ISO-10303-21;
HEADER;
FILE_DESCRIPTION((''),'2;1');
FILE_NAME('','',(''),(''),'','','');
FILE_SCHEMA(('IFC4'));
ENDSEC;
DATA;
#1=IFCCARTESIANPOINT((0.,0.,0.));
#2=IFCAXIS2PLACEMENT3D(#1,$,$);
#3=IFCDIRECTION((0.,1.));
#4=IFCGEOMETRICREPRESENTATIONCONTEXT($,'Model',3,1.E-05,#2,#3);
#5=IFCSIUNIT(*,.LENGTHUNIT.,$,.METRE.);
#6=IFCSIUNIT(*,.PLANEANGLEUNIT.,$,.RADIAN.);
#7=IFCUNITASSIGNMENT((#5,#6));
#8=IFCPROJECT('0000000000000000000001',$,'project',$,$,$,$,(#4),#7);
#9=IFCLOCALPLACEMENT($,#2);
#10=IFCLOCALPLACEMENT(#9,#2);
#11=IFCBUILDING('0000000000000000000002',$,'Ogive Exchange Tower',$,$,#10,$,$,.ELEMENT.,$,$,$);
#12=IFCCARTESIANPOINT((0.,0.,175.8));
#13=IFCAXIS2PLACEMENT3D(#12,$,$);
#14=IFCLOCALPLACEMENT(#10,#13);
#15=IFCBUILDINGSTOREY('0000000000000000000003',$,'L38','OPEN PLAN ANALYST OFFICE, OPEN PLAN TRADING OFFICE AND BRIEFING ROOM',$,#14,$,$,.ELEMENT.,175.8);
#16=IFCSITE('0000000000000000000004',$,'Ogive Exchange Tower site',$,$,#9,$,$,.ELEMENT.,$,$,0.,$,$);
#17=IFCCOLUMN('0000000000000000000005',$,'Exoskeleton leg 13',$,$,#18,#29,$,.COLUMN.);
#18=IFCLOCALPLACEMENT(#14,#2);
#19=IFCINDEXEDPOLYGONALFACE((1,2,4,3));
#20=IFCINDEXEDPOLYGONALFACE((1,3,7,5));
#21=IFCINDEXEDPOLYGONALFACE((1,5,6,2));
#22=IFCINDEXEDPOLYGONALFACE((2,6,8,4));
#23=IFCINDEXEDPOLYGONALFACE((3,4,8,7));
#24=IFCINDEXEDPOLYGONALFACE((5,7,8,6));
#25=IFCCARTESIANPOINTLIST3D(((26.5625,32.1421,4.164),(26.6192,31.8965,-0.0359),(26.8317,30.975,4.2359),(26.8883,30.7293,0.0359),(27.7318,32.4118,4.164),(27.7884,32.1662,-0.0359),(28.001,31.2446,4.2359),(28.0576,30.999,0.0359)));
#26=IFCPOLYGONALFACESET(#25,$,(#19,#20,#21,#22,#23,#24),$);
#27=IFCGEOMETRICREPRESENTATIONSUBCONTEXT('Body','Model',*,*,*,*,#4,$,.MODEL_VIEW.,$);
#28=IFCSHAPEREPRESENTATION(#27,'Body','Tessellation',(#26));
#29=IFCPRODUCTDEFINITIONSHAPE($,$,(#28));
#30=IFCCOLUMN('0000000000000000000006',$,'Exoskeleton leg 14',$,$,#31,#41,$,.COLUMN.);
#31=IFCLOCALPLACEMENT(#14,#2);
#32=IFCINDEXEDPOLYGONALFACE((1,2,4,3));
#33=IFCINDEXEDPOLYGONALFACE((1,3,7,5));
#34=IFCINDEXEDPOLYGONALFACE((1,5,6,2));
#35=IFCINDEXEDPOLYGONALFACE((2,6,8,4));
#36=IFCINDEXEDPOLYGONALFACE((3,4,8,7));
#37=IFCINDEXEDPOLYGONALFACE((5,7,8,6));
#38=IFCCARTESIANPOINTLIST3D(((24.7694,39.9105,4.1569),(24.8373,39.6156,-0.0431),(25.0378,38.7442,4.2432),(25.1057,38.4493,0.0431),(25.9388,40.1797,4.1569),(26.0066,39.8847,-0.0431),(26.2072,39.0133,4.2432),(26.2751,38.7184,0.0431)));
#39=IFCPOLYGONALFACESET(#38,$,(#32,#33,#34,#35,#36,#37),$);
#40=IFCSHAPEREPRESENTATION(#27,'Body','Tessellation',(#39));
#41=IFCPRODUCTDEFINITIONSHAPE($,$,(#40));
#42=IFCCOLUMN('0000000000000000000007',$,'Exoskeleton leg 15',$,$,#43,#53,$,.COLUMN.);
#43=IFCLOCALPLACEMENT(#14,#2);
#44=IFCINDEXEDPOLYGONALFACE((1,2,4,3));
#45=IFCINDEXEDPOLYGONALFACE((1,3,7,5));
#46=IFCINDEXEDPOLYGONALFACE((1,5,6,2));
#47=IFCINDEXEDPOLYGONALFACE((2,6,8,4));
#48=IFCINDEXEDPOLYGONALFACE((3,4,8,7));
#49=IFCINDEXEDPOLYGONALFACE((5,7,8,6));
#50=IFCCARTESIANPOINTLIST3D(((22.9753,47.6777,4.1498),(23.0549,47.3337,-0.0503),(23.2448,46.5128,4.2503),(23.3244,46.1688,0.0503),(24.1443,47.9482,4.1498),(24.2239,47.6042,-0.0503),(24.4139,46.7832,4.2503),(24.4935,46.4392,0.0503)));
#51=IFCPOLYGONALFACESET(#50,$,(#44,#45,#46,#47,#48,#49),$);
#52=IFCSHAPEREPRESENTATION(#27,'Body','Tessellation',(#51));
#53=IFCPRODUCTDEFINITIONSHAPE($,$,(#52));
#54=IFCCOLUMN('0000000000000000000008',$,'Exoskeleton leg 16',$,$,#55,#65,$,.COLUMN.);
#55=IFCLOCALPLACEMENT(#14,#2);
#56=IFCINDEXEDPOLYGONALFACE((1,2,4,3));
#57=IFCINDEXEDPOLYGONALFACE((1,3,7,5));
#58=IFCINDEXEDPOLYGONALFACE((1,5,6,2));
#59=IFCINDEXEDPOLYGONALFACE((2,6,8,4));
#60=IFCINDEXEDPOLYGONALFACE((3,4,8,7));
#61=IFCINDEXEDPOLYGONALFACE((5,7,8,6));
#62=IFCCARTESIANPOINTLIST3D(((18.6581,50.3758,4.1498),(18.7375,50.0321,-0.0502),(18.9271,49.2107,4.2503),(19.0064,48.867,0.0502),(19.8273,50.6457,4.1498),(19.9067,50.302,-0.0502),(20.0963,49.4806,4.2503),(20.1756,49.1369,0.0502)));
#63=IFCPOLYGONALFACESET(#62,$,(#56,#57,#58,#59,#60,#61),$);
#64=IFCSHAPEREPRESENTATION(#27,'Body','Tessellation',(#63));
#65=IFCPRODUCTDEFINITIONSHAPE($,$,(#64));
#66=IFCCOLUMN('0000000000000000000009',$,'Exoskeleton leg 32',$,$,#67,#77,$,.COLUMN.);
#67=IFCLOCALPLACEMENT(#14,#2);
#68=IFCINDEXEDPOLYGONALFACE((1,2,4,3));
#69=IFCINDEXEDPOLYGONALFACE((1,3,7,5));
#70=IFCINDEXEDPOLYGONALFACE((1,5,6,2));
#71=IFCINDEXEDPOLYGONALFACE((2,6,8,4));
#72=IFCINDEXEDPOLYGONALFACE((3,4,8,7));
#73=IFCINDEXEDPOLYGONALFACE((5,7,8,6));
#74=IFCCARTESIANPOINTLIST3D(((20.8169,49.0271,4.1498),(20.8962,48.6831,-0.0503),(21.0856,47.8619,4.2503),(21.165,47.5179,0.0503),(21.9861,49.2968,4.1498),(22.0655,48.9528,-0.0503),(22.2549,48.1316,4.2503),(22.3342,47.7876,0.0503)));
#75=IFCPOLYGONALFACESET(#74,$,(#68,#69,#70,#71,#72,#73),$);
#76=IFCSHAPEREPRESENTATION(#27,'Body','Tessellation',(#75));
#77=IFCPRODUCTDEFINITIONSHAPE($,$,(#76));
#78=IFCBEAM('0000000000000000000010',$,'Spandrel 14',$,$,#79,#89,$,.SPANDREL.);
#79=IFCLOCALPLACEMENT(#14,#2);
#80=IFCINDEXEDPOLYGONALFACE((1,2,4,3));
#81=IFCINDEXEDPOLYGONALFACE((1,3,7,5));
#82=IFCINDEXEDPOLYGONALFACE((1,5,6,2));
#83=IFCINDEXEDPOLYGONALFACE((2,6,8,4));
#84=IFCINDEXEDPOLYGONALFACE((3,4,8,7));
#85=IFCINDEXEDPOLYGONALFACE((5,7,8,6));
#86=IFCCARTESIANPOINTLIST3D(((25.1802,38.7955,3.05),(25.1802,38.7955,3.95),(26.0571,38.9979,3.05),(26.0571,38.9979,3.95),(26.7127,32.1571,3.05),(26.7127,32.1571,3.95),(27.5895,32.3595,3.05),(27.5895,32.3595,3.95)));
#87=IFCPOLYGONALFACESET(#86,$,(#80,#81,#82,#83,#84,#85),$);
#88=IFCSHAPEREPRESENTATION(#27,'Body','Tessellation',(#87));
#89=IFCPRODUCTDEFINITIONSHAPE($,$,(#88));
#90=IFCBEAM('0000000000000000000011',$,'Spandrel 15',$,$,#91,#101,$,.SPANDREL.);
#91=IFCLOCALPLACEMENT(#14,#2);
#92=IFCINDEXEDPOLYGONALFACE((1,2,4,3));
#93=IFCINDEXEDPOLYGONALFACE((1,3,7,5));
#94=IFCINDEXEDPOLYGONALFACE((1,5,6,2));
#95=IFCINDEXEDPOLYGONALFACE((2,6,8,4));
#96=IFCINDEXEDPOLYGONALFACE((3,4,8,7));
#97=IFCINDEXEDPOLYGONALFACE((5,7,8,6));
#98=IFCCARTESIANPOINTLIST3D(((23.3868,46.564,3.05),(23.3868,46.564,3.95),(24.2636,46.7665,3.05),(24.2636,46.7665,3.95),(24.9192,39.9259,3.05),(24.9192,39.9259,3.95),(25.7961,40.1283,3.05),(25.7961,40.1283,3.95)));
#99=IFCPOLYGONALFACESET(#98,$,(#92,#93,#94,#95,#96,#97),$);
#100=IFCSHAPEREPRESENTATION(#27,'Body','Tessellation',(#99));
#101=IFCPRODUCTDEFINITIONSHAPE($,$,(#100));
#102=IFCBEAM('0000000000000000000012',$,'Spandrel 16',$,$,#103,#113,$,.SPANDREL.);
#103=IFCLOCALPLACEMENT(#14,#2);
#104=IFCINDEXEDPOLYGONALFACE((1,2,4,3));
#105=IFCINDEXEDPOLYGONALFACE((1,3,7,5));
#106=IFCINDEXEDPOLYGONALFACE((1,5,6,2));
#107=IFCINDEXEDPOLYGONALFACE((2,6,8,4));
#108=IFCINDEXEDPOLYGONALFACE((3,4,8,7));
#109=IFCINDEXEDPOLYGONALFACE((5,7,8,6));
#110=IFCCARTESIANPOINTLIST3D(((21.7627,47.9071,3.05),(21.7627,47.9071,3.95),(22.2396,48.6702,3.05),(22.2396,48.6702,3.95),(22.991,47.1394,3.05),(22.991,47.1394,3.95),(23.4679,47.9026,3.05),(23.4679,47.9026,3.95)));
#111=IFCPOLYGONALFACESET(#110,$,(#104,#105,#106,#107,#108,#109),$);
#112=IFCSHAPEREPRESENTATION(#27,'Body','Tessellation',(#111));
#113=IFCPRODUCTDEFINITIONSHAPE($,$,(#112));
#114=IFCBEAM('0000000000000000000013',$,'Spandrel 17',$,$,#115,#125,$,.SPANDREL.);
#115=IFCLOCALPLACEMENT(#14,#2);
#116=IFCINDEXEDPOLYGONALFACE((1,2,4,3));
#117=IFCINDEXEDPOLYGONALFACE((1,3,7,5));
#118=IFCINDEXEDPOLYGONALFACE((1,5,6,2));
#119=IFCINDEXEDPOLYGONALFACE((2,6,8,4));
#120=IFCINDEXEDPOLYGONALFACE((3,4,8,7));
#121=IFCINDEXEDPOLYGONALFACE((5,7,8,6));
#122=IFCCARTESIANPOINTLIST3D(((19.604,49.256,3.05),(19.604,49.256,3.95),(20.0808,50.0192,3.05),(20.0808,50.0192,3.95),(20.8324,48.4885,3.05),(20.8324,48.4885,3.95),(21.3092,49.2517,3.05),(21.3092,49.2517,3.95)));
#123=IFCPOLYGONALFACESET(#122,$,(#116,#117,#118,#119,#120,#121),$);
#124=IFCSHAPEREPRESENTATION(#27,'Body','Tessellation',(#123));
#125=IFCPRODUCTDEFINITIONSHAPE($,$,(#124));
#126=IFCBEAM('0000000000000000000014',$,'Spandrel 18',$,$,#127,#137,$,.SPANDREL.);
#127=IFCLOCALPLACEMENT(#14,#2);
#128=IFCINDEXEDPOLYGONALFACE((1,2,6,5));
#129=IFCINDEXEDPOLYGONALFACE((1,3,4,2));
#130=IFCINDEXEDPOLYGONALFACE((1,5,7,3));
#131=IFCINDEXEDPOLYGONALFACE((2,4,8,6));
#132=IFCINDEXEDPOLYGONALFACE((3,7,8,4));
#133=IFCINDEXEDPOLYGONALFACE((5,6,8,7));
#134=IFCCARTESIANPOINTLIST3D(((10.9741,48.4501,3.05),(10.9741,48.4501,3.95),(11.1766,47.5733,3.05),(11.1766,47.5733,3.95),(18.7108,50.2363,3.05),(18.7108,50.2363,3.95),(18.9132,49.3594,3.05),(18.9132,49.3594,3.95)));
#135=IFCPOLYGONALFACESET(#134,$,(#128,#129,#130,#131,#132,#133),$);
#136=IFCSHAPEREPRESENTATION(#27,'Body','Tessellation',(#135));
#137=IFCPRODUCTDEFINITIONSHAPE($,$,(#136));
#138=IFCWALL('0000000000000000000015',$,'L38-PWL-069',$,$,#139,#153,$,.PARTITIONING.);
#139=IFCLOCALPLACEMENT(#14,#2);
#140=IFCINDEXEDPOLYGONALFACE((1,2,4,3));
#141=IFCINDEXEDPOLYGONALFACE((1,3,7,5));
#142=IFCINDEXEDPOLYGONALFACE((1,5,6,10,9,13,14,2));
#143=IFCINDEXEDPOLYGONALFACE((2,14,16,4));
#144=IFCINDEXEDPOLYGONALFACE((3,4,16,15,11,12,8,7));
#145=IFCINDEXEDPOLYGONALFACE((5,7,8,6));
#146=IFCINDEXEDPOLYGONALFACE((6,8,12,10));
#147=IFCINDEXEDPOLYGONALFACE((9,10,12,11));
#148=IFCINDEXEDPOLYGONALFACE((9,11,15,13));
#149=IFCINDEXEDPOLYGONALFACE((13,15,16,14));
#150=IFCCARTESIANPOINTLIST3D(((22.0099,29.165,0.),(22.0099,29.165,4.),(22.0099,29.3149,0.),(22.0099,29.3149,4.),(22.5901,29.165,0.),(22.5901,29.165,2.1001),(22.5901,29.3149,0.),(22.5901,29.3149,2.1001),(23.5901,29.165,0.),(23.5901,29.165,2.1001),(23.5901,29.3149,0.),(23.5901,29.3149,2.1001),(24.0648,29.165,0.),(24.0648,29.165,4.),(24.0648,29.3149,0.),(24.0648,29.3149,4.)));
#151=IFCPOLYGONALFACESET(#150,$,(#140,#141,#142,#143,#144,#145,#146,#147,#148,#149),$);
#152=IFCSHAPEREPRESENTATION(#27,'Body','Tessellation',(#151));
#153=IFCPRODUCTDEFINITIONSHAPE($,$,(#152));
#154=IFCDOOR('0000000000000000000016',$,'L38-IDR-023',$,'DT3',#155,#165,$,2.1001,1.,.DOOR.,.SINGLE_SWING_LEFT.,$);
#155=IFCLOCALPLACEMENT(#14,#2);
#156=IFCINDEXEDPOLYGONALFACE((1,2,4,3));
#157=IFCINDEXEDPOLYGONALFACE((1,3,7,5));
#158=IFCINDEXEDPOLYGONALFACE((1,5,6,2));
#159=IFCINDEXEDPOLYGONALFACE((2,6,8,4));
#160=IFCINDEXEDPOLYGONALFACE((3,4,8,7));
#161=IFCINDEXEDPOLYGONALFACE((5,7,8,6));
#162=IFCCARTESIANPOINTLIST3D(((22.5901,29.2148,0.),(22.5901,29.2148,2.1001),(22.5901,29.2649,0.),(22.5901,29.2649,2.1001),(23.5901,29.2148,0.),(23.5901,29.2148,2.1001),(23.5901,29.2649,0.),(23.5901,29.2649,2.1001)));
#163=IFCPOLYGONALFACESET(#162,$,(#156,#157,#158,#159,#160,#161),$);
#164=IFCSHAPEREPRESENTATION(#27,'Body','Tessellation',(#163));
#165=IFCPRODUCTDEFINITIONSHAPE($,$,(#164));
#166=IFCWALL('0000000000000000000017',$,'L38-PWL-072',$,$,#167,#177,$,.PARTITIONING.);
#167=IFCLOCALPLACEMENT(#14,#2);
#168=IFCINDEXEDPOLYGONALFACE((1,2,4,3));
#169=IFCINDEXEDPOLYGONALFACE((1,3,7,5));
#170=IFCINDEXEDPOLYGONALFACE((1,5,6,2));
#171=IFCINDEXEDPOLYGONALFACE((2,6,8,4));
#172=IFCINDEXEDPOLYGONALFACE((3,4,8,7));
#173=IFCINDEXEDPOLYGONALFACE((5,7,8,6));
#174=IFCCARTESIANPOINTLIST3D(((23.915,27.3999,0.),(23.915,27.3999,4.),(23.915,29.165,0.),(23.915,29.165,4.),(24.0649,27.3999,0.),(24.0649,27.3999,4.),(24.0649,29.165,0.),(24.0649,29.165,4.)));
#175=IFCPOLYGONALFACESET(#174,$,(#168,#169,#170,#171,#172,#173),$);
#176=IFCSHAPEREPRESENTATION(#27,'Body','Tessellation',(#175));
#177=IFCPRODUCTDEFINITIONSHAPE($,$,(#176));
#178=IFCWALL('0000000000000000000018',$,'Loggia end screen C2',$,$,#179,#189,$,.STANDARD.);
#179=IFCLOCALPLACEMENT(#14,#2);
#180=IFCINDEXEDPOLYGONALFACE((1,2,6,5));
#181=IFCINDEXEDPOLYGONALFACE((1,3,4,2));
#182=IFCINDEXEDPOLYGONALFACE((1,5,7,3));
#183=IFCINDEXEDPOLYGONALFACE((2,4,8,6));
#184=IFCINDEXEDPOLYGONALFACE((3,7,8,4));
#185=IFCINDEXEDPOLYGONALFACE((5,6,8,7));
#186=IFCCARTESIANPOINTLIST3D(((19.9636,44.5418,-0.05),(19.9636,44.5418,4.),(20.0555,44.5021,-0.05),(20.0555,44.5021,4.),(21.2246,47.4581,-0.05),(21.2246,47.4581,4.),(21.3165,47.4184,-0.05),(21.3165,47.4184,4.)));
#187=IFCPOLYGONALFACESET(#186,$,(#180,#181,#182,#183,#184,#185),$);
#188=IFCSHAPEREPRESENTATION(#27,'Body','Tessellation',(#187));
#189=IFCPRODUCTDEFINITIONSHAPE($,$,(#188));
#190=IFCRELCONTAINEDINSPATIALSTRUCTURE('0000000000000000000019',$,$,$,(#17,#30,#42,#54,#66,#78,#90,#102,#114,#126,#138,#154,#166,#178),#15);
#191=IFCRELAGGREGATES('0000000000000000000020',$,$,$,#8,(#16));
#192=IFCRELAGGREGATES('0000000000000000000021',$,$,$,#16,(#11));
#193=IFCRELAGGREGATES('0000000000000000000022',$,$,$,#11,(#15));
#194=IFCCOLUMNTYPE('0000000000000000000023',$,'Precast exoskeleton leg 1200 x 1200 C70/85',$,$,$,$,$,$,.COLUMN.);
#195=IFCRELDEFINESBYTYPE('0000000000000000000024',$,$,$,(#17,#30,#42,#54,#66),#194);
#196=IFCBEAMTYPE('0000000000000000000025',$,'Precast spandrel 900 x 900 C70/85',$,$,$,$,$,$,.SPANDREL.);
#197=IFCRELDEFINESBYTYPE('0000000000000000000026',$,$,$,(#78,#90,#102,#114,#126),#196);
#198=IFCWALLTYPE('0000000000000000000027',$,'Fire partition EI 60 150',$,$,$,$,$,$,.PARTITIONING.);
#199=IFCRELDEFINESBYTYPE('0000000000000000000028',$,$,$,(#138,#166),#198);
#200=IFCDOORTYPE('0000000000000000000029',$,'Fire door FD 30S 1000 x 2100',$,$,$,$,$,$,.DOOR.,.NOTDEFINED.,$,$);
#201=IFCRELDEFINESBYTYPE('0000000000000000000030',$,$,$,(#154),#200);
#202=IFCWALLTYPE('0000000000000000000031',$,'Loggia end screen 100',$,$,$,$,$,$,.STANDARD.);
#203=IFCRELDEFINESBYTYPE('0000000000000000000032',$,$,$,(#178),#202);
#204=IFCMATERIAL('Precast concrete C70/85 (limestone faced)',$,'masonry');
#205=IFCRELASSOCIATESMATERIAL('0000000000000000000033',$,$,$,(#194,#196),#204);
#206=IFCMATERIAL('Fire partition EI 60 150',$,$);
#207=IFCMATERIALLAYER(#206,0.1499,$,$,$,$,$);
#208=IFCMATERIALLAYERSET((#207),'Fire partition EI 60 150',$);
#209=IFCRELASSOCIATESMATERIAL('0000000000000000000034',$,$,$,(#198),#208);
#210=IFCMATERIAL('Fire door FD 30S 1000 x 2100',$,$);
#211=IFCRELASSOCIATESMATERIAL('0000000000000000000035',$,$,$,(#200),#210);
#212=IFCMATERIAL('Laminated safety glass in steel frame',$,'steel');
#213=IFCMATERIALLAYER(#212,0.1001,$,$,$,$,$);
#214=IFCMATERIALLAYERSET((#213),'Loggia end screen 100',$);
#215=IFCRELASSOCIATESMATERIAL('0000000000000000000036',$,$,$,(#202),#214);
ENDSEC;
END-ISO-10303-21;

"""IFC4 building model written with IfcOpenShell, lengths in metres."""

from ifc_helpers import new_model, si_unit, direction, frame, frame_2d, origin, origin_2d, place, context, subcontext, project, spatial, rectangle, extrude, material, layer, layer_set, material_profile, profile_set, type_object, element, fill, save


model = new_model("IFC4")

# Units and contexts
model_context = context("Model", 3, precision=1e-05, world=origin(), true_north=direction((0.0, 1.0)))
body_context = subcontext(model_context, "Body", "Model", "MODEL_VIEW")
ifc_project = project(units=[si_unit("LENGTHUNIT", "METRE"), si_unit("PLANEANGLEUNIT", "RADIAN")], contexts=[model_context])

# Site, building, storey
site_placement = place(None, origin())
site = spatial("IfcSite", under=ifc_project, at=site_placement, Name="Ogive Exchange Tower site", CompositionType="ELEMENT", RefElevation=0.0)
building_placement = place(site_placement, origin())
building = spatial("IfcBuilding", under=site, at=building_placement, Name="Ogive Exchange Tower", CompositionType="ELEMENT")
storey_placement = place(building_placement, frame((0.0, 0.0, 175.8)))
storey = spatial("IfcBuildingStorey", under=building, at=storey_placement, Name="L38", Description="OPEN PLAN ANALYST OFFICE, OPEN PLAN TRADING OFFICE AND BRIEFING ROOM", CompositionType="ELEMENT", Elevation=175.8)

# Columns
ifc_material_1 = material(Name="Precast concrete C70/85 (limestone faced)", Category="masonry")
ifc_material_profile_1 = material_profile(ifc_material_1, rectangle(XDim=1.2, YDim=1.2, at=origin_2d()), Name="1200 x 1200")
ifc_profile_set_1 = profile_set([ifc_material_profile_1], Name="Precast concrete C70/85 (limestone faced)")
column_type = type_object("IfcColumnType", Name="Precast exoskeleton leg 1200 x 1200 C70/85", PredefinedType="COLUMN", material=ifc_profile_set_1)
column_1_placement = place(storey_placement, frame((27.3384, 31.4478, 0.0), z_axis=(-0.013462, 0.058373, 0.998204), x_axis=(-0.974424, -0.224718, 0.0)))
element("IfcColumn", 1, at=column_1_placement, inside=storey, type_object=column_type, Name="Exoskeleton leg 13", PredefinedType="COLUMN", context=body_context, shape_type="SweptSolid", body=[
    extrude(rectangle(XDim=1.2, YDim=1.2, at=origin_2d()), origin(), (0.0, 0.0, 1.0), 4.2075),
])
column_2_placement = place(storey_placement, frame((25.5562, 39.167, 0.0), z_axis=(-0.016118, 0.070039, 0.997414), x_axis=(-0.974527, -0.22427, 0.0)))
element("IfcColumn", 2, at=column_2_placement, inside=storey, type_object=column_type, Name="Exoskeleton leg 14", PredefinedType="COLUMN", context=body_context, shape_type="SweptSolid", body=[
    extrude(rectangle(XDim=1.2, YDim=1.2, at=origin_2d()), origin(), (0.0, 0.0, 1.0), 4.2109),
])
for number, where, z_axis, x_axis, name in (
    (3, (23.7742, 46.8865, 0.0), (-0.018884, 0.081616, 0.996485), (-0.974263, -0.225415, 0.0), "Exoskeleton leg 15"),
    (4, (19.4565, 49.5845, 0.0), (-0.018826, 0.081559, 0.996491), (-0.97438, -0.22491, 0.0), "Exoskeleton leg 16"),
    (5, (21.6152, 48.2354, 0.0), (-0.018826, 0.081617, 0.996486), (-0.974415, -0.224758, 0.0), "Exoskeleton leg 32"),
):
    element("IfcColumn", number, at=place(storey_placement, frame(where, z_axis=z_axis, x_axis=x_axis)), inside=storey, type_object=column_type, Name=name, PredefinedType="COLUMN", context=body_context, shape_type="SweptSolid", body=[
        extrude(rectangle(XDim=1.2, YDim=1.2, at=origin_2d()), origin(), (0.0, 0.0, 1.0), 4.2148),
    ])

# Beams
ifc_material_profile_2 = material_profile(ifc_material_1, rectangle(XDim=0.8999, YDim=0.8999, at=origin_2d()), Name="900 x 900")
ifc_profile_set_2 = profile_set([ifc_material_profile_2], Name="Precast concrete C70/85 (limestone faced)")
beam_type = type_object("IfcBeamType", Name="Precast spandrel 900 x 900 C70/85", PredefinedType="SPANDREL", material=ifc_profile_set_2)
beam_1_placement = place(storey_placement, frame((27.1511, 32.2583, 3.5), z_axis=(-0.224933, 0.974374, 0.0), x_axis=(-0.974374, -0.224933, 0.0)))
element("IfcBeam", 6, at=beam_1_placement, inside=storey, type_object=beam_type, Name="Spandrel 14", PredefinedType="SPANDREL", context=body_context, shape_type="SweptSolid", body=[
    extrude(rectangle(XDim=0.8999, YDim=0.8999, at=origin_2d()), origin(), (0.0, 0.0, 1.0), 6.813),
])
beam_2_placement = place(storey_placement, frame((25.3577, 40.0271, 3.5), z_axis=(-0.224941, 0.974372, 0.0), x_axis=(-0.974372, -0.224941, 0.0)))
element("IfcBeam", 7, at=beam_2_placement, inside=storey, type_object=beam_type, Name="Spandrel 15", PredefinedType="SPANDREL", context=body_context, shape_type="SweptSolid", body=[
    extrude(rectangle(XDim=0.8999, YDim=0.8999, at=origin_2d()), origin(), (0.0, 0.0, 1.0), 6.8127),
])
for number, where, z_axis, x_axis, name in (
    (8, (23.2295, 47.521, 3.5), (-0.848027, 0.529953, 0.0), (-0.529953, -0.848027, 0.0), "Spandrel 16"),
    (9, (21.0708, 48.8701, 3.5), (-0.848074, 0.529878, 0.0), (-0.529878, -0.848074, 0.0), "Spandrel 17"),
):
    element("IfcBeam", number, at=place(storey_placement, frame(where, z_axis=z_axis, x_axis=x_axis)), inside=storey, type_object=beam_type, Name=name, PredefinedType="SPANDREL", context=body_context, shape_type="SweptSolid", body=[
        extrude(rectangle(XDim=0.8999, YDim=0.8999, at=origin_2d()), origin(), (0.0, 0.0, 1.0), 1.4485),
    ])
beam_3_placement = place(storey_placement, frame((18.812, 49.7979, 3.5), z_axis=(-0.97437, -0.224952, 0.0), x_axis=(0.224952, -0.97437, 0.0)))
element("IfcBeam", 10, at=beam_3_placement, inside=storey, type_object=beam_type, Name="Spandrel 18", PredefinedType="SPANDREL", context=body_context, shape_type="SweptSolid", body=[
    extrude(rectangle(XDim=0.8999, YDim=0.8999, at=origin_2d()), origin(), (0.0, 0.0, 1.0), 7.9402),
])

# Wall, opening, door
ifc_material_2 = material(Name="Fire partition EI 60 150")
ifc_layer_1 = layer(ifc_material_2, 0.1499)
ifc_layer_set_1 = layer_set([ifc_layer_1], Name="Fire partition EI 60 150")
wall_type_1 = type_object("IfcWallType", Name="Fire partition EI 60 150", PredefinedType="PARTITIONING", material=ifc_layer_set_1)
wall_1_placement = place(storey_placement, frame((22.01, 29.24, 0.0), z_axis=(0.0, 0.0, 1.0), x_axis=(1.0, 0.0, 0.0)))
wall_1 = element("IfcWall", 11, at=wall_1_placement, inside=storey, type_object=wall_type_1, Name="L38-PWL-069", PredefinedType="PARTITIONING", context=body_context, shape_type="SweptSolid", body=[
    extrude(rectangle(XDim=2.0549, YDim=0.1499, at=frame_2d((1.0273, 0.0))), origin(), (0.0, 0.0, 1.0), 4.0),
])
opening_1_placement = place(wall_1_placement, frame((0.5801, 0.0, 0.0)))
opening_1 = element("IfcOpeningElement", 12, at=opening_1_placement, cuts=wall_1, PredefinedType="OPENING", context=body_context, shape_type="SweptSolid", body=[
    extrude(rectangle(XDim=1.0, YDim=2.1001, at=frame_2d((0.5, 1.05))), frame((0.0, 0.085, 0.0), z_axis=(0.0, -1.0, 0.0), x_axis=(1.0, 0.0, 0.0)), (0.0, 0.0, 1.0), 0.1699),
])
ifc_material_3 = material(Name="Fire door FD 30S 1000 x 2100")
door_type_1 = type_object("IfcDoorType", Name="Fire door FD 30S 1000 x 2100", OperationType="NOTDEFINED", PredefinedType="DOOR", material=ifc_material_3)
door_1_placement = place(opening_1_placement, origin())
door_1 = element("IfcDoor", 13, at=door_1_placement, inside=storey, type_object=door_type_1, Name="L38-IDR-023", ObjectType="DT3", OperationType="SINGLE_SWING_LEFT", OverallHeight=2.1001, OverallWidth=1.0, PredefinedType="DOOR", context=body_context, shape_type="SweptSolid", body=[
    extrude(rectangle(XDim=1.0, YDim=2.1001, at=frame_2d((0.5, 1.05))), frame((0.0, 0.0249, 0.0), z_axis=(0.0, -1.0, 0.0), x_axis=(1.0, 0.0, 0.0)), (0.0, 0.0, 1.0), 0.05),
])
fill(opening_1, door_1)

# Walls
wall_2_placement = place(storey_placement, frame((23.99, 29.165, 0.0), z_axis=(0.0, 0.0, 1.0), x_axis=(0.0, -1.0, 0.0)))
element("IfcWall", 14, at=wall_2_placement, inside=storey, type_object=wall_type_1, Name="L38-PWL-072", PredefinedType="PARTITIONING", context=body_context, shape_type="SweptSolid", body=[
    extrude(rectangle(XDim=1.7651, YDim=0.1499, at=frame_2d((0.8826, 0.0))), origin(), (0.0, 0.0, 1.0), 4.0),
])
ifc_material_4 = material(Name="Laminated safety glass in steel frame", Category="steel")
ifc_layer_2 = layer(ifc_material_4, 0.1001)
ifc_layer_set_2 = layer_set([ifc_layer_2], Name="Loggia end screen 100")
wall_type_2 = type_object("IfcWallType", Name="Loggia end screen 100", PredefinedType="STANDARD", material=ifc_layer_set_2)
wall_3_placement = place(storey_placement, frame((20.0095, 44.522, -0.05), z_axis=(0.0, 0.0, 1.0), x_axis=(0.396885, 0.917868, 0.0)))
element("IfcWall", 15, at=wall_3_placement, inside=storey, type_object=wall_type_2, Name="Loggia end screen C2", PredefinedType="STANDARD", context=body_context, shape_type="SweptSolid", body=[
    extrude(rectangle(XDim=3.1772, YDim=0.1001, at=frame_2d((1.5886, 0.0))), origin(), (0.0, 0.0, 1.0), 4.05),
])

save(model, "model.ifc")
